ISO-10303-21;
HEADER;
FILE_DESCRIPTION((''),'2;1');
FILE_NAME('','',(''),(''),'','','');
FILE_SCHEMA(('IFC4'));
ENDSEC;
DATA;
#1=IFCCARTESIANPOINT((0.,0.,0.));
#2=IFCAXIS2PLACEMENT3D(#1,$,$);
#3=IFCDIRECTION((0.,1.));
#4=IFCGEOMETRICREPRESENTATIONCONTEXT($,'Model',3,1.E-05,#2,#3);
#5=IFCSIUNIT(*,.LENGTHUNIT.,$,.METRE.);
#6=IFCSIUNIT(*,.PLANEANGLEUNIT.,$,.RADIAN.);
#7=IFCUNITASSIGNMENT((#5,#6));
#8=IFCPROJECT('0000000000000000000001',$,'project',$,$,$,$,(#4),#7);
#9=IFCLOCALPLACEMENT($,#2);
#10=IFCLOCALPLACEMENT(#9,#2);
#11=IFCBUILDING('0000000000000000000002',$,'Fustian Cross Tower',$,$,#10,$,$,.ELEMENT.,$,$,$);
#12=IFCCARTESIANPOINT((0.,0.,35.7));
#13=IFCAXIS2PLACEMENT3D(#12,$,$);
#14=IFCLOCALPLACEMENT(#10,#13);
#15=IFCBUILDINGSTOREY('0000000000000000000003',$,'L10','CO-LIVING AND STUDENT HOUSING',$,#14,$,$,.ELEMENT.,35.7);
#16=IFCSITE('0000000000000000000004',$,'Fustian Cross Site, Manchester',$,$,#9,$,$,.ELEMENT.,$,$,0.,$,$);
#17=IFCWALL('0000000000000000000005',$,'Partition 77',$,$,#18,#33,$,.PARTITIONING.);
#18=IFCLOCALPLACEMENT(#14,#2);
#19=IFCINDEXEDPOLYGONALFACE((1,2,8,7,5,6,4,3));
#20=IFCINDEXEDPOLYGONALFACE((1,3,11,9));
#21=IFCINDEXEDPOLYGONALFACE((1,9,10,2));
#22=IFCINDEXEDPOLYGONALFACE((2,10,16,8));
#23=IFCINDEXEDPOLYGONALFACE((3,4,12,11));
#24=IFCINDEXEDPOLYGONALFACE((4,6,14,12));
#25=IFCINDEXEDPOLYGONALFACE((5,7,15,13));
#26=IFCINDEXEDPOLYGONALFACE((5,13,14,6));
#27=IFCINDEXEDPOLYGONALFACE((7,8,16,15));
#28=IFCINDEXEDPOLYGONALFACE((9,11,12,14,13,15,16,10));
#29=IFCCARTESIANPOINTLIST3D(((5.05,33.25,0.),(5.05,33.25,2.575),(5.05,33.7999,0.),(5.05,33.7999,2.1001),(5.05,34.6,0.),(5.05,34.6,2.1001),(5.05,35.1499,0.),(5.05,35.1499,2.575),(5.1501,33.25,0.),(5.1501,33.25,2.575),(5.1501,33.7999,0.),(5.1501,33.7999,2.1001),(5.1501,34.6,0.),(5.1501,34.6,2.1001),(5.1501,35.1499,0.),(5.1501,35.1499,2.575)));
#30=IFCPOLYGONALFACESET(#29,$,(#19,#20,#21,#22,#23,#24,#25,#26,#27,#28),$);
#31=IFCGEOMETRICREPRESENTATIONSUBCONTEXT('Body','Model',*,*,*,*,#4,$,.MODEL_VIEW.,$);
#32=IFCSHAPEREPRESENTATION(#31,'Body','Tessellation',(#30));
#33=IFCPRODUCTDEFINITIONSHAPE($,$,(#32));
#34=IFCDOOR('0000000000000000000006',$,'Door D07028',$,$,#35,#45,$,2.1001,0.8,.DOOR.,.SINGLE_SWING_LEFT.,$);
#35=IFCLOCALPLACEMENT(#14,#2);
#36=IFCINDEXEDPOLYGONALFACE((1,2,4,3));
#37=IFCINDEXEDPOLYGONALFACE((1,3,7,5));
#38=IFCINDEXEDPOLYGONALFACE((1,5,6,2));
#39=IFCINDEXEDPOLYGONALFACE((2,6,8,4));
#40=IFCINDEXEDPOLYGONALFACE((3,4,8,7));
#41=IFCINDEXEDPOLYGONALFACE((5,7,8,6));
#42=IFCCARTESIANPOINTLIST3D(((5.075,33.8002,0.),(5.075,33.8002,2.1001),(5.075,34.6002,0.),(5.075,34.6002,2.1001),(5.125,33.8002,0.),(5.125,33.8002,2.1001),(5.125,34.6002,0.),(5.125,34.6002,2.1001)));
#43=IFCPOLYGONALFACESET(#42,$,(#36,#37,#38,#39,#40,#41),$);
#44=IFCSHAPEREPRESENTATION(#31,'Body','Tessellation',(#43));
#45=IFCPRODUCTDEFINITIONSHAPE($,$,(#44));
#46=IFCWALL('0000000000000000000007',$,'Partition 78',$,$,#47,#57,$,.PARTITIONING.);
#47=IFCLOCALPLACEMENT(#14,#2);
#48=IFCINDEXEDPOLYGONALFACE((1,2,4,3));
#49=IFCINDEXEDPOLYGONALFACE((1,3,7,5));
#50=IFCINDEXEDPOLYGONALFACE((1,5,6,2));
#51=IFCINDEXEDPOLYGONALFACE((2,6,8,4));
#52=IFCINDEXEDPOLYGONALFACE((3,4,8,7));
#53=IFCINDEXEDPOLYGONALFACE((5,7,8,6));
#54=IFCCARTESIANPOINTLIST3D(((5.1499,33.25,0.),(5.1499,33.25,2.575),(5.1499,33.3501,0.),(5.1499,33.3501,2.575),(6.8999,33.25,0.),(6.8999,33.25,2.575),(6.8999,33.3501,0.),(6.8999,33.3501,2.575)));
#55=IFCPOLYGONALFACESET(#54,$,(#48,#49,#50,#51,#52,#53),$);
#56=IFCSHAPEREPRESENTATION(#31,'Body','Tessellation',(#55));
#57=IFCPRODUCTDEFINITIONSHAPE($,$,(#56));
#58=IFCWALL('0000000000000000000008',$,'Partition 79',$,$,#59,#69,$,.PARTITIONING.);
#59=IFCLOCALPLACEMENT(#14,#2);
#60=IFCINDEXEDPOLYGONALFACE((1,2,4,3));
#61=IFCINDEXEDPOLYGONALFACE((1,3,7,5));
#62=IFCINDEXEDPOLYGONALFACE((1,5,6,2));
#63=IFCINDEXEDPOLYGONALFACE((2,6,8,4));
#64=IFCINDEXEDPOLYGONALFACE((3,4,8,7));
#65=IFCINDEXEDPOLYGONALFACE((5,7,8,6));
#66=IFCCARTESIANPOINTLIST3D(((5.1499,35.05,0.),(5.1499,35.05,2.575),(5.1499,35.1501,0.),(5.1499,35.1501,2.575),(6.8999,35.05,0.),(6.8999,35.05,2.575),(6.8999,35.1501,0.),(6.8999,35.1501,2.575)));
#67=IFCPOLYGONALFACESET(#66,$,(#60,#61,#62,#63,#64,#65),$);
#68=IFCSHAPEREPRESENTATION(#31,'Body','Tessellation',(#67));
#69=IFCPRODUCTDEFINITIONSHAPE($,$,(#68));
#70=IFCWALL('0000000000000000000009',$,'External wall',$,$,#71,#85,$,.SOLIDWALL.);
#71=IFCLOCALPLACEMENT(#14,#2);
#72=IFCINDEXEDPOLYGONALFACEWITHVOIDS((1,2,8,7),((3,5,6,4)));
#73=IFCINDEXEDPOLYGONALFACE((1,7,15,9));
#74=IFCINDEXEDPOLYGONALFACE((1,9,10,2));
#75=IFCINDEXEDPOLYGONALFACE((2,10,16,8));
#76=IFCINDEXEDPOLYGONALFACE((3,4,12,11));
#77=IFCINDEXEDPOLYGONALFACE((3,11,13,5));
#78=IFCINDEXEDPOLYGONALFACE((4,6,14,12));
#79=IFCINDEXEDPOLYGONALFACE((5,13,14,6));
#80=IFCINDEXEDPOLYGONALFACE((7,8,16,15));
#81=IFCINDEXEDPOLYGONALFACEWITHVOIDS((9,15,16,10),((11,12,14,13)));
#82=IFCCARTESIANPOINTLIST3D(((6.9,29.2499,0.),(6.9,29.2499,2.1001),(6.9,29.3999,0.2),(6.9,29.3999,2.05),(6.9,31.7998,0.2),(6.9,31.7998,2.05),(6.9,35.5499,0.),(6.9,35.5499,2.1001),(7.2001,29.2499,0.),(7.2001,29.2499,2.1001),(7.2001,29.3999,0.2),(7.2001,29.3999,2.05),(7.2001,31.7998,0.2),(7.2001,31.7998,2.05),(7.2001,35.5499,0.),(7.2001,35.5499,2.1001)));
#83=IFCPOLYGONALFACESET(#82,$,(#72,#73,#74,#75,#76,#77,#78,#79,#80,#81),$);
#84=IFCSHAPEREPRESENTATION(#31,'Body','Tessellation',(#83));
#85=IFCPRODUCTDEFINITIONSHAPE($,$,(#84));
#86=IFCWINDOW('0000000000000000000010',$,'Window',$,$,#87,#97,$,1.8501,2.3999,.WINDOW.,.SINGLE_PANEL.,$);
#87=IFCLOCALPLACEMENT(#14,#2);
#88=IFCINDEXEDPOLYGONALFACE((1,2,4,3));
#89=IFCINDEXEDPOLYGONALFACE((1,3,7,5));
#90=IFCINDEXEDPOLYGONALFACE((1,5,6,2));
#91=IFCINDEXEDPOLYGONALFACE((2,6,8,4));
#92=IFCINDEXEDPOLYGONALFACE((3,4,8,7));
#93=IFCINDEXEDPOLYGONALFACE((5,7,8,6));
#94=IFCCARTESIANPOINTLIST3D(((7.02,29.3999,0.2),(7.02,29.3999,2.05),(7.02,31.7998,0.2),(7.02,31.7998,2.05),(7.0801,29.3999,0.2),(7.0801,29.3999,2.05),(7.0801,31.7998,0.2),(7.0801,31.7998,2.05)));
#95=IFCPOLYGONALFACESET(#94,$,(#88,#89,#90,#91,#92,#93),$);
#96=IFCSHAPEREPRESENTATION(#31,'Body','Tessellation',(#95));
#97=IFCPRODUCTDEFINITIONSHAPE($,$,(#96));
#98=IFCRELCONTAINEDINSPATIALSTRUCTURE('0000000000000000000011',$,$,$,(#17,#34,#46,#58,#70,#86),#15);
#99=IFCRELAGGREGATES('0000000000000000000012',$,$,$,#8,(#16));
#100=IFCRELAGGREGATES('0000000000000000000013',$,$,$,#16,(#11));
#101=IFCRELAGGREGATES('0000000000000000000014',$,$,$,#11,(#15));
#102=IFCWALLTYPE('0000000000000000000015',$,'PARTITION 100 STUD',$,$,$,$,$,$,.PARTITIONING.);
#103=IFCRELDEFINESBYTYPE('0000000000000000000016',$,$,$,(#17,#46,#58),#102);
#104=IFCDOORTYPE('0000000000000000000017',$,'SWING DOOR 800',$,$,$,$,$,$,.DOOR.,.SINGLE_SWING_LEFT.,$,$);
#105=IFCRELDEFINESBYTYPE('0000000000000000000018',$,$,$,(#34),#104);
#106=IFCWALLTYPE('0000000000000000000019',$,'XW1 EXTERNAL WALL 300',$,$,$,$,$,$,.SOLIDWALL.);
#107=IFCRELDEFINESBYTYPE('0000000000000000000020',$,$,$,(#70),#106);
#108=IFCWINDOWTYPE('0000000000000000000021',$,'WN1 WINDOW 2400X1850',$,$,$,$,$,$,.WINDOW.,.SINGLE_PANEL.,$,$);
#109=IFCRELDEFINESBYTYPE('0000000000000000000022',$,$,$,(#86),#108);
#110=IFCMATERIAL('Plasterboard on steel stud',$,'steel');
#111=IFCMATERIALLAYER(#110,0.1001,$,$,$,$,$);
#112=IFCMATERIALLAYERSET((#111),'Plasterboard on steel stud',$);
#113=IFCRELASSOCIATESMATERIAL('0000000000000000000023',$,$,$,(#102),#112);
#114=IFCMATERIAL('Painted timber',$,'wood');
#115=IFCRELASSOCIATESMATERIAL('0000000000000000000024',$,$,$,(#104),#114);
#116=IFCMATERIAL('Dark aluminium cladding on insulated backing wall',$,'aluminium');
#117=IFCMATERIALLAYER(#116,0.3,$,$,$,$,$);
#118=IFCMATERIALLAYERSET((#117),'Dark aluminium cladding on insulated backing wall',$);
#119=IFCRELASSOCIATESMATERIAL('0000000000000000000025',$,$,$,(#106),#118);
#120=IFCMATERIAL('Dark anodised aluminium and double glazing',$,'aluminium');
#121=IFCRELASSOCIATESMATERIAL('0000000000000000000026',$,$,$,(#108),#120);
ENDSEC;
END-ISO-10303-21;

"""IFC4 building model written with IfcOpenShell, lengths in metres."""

from ifc_helpers import new_model, si_unit, direction, frame, frame_2d, origin, place, context, subcontext, project, spatial, rectangle, extrude, material, layer, layer_set, type_object, element, fill, save


model = new_model("IFC4")

# Units and contexts
model_context = context("Model", 3, precision=1e-05, world=origin(), true_north=direction((0.0, 1.0)))
body_context = subcontext(model_context, "Body", "Model", "MODEL_VIEW")
ifc_project = project(units=[si_unit("LENGTHUNIT", "METRE"), si_unit("PLANEANGLEUNIT", "RADIAN")], contexts=[model_context])

# Site, building, storey
site_placement = place(None, origin())
site = spatial("IfcSite", under=ifc_project, at=site_placement, Name="Fustian Cross Site, Manchester", CompositionType="ELEMENT", RefElevation=0.0)
building_placement = place(site_placement, origin())
building = spatial("IfcBuilding", under=site, at=building_placement, Name="Fustian Cross Tower", CompositionType="ELEMENT")
storey_placement = place(building_placement, frame((0.0, 0.0, 35.7)))
storey = spatial("IfcBuildingStorey", under=building, at=storey_placement, Name="L10", Description="CO-LIVING AND STUDENT HOUSING", CompositionType="ELEMENT", Elevation=35.7)

# Shared definitions
ifc_material_1 = material(Name="Plasterboard on steel stud", Category="steel")
ifc_layer_1 = layer(ifc_material_1, 0.1001)
ifc_layer_set_1 = layer_set([ifc_layer_1], Name="Plasterboard on steel stud")
wall_type_1 = type_object("IfcWallType", Name="PARTITION 100 STUD", PredefinedType="PARTITIONING", material=ifc_layer_set_1)

# Shared definitions
ifc_material_2 = material(Name="Painted timber", Category="wood")
door_type_1 = type_object("IfcDoorType", Name="SWING DOOR 800", OperationType="SINGLE_SWING_LEFT", PredefinedType="DOOR", material=ifc_material_2)

# Wall, opening, door
wall_1_placement = place(storey_placement, frame((5.1001, 33.25, 0.0), z_axis=(0.0, 0.0, 1.0), x_axis=(0.0, 1.0, 0.0)))
wall_1 = element("IfcWall", 1, at=wall_1_placement, inside=storey, type_object=wall_type_1, Name="Partition 77", PredefinedType="PARTITIONING", context=body_context, shape_type="SweptSolid", body=[
    extrude(rectangle(XDim=1.8999, YDim=0.1001, at=frame_2d((0.95, 0.0))), origin(), (0.0, 0.0, 1.0), 2.575),
])
opening_1_placement = place(wall_1_placement, frame((0.55, 0.0, 0.0)))
opening_1 = element("IfcOpeningElement", 2, at=opening_1_placement, cuts=wall_1, PredefinedType="OPENING", context=body_context, shape_type="SweptSolid", body=[
    extrude(rectangle(XDim=0.8, YDim=2.1001, at=frame_2d((0.3999, 1.05))), frame((0.0, 0.0601, 0.0), z_axis=(0.0, -1.0, 0.0), x_axis=(1.0, 0.0, 0.0)), (0.0, 0.0, 1.0), 0.1201),
])
door_1_placement = place(opening_1_placement, frame((0.8, 0.0, 0.0), z_axis=(0.0, 0.0, 1.0), x_axis=(-1.0, 0.0, 0.0)))
door_1 = element("IfcDoor", 3, at=door_1_placement, inside=storey, type_object=door_type_1, Name="Door D07028", OperationType="SINGLE_SWING_LEFT", OverallHeight=2.1001, OverallWidth=0.8, PredefinedType="DOOR", context=body_context, shape_type="SweptSolid", body=[
    extrude(rectangle(XDim=0.8, YDim=2.1001, at=frame_2d((0.3999, 1.05))), frame((0.0, 0.0249, 0.0), z_axis=(0.0, -1.0, 0.0), x_axis=(1.0, 0.0, 0.0)), (0.0, 0.0, 1.0), 0.05),
])
fill(opening_1, door_1)

# Walls
for number, where, z_axis, x_axis, name in (
    (4, (5.1499, 33.3, 0.0), (0.0, 0.0, 1.0), (1.0, 0.0, 0.0), "Partition 78"),
    (5, (5.1499, 35.1001, 0.0), (0.0, 0.0, 1.0), (1.0, 0.0, 0.0), "Partition 79"),
):
    element("IfcWall", number, at=place(storey_placement, frame(where, z_axis=z_axis, x_axis=x_axis)), inside=storey, type_object=wall_type_1, Name=name, PredefinedType="PARTITIONING", context=body_context, shape_type="SweptSolid", body=[
        extrude(rectangle(XDim=1.75, YDim=0.1001, at=frame_2d((0.875, 0.0))), origin(), (0.0, 0.0, 1.0), 2.575),
    ])

# Wall, opening, window
ifc_material_3 = material(Name="Dark aluminium cladding on insulated backing wall", Category="aluminium")
ifc_layer_2 = layer(ifc_material_3, 0.3)
ifc_layer_set_2 = layer_set([ifc_layer_2], Name="Dark aluminium cladding on insulated backing wall")
wall_type_2 = type_object("IfcWallType", Name="XW1 EXTERNAL WALL 300", PredefinedType="SOLIDWALL", material=ifc_layer_set_2)
wall_2_placement = place(storey_placement, frame((7.05, 29.25, 0.0), z_axis=(0.0, 0.0, 1.0), x_axis=(0.0, 1.0, 0.0)))
wall_2 = element("IfcWall", 6, at=wall_2_placement, inside=storey, type_object=wall_type_2, Name="External wall", PredefinedType="SOLIDWALL", context=body_context, shape_type="SweptSolid", body=[
    extrude(rectangle(XDim=6.3, YDim=0.3, at=frame_2d((3.1499, 0.0))), origin(), (0.0, 0.0, 1.0), 2.1001),
])
opening_2_placement = place(wall_2_placement, frame((0.1499, 0.0, 0.2)))
opening_2 = element("IfcOpeningElement", 7, at=opening_2_placement, cuts=wall_2, PredefinedType="OPENING", context=body_context, shape_type="SweptSolid", body=[
    extrude(rectangle(XDim=2.3999, YDim=1.8501, at=frame_2d((1.2, 0.925))), frame((0.0, 0.1599, 0.0), z_axis=(0.0, -1.0, 0.0), x_axis=(1.0, 0.0, 0.0)), (0.0, 0.0, 1.0), 0.3201),
])
ifc_material_4 = material(Name="Dark anodised aluminium and double glazing", Category="aluminium")
window_type = type_object("IfcWindowType", Name="WN1 WINDOW 2400X1850", PartitioningType="SINGLE_PANEL", PredefinedType="WINDOW", material=ifc_material_4)
window_placement = place(opening_2_placement, origin())
window = element("IfcWindow", 8, at=window_placement, inside=storey, type_object=window_type, Name="Window", OverallHeight=1.8501, OverallWidth=2.3999, PartitioningType="SINGLE_PANEL", PredefinedType="WINDOW", context=body_context, shape_type="SweptSolid", body=[
    extrude(rectangle(XDim=2.3999, YDim=1.8501, at=frame_2d((1.2, 0.925))), frame((0.0, 0.03, 0.0), z_axis=(0.0, -1.0, 0.0), x_axis=(1.0, 0.0, 0.0)), (0.0, 0.0, 1.0), 0.0601),
])
fill(opening_2, window)

save(model, "model.ifc")
